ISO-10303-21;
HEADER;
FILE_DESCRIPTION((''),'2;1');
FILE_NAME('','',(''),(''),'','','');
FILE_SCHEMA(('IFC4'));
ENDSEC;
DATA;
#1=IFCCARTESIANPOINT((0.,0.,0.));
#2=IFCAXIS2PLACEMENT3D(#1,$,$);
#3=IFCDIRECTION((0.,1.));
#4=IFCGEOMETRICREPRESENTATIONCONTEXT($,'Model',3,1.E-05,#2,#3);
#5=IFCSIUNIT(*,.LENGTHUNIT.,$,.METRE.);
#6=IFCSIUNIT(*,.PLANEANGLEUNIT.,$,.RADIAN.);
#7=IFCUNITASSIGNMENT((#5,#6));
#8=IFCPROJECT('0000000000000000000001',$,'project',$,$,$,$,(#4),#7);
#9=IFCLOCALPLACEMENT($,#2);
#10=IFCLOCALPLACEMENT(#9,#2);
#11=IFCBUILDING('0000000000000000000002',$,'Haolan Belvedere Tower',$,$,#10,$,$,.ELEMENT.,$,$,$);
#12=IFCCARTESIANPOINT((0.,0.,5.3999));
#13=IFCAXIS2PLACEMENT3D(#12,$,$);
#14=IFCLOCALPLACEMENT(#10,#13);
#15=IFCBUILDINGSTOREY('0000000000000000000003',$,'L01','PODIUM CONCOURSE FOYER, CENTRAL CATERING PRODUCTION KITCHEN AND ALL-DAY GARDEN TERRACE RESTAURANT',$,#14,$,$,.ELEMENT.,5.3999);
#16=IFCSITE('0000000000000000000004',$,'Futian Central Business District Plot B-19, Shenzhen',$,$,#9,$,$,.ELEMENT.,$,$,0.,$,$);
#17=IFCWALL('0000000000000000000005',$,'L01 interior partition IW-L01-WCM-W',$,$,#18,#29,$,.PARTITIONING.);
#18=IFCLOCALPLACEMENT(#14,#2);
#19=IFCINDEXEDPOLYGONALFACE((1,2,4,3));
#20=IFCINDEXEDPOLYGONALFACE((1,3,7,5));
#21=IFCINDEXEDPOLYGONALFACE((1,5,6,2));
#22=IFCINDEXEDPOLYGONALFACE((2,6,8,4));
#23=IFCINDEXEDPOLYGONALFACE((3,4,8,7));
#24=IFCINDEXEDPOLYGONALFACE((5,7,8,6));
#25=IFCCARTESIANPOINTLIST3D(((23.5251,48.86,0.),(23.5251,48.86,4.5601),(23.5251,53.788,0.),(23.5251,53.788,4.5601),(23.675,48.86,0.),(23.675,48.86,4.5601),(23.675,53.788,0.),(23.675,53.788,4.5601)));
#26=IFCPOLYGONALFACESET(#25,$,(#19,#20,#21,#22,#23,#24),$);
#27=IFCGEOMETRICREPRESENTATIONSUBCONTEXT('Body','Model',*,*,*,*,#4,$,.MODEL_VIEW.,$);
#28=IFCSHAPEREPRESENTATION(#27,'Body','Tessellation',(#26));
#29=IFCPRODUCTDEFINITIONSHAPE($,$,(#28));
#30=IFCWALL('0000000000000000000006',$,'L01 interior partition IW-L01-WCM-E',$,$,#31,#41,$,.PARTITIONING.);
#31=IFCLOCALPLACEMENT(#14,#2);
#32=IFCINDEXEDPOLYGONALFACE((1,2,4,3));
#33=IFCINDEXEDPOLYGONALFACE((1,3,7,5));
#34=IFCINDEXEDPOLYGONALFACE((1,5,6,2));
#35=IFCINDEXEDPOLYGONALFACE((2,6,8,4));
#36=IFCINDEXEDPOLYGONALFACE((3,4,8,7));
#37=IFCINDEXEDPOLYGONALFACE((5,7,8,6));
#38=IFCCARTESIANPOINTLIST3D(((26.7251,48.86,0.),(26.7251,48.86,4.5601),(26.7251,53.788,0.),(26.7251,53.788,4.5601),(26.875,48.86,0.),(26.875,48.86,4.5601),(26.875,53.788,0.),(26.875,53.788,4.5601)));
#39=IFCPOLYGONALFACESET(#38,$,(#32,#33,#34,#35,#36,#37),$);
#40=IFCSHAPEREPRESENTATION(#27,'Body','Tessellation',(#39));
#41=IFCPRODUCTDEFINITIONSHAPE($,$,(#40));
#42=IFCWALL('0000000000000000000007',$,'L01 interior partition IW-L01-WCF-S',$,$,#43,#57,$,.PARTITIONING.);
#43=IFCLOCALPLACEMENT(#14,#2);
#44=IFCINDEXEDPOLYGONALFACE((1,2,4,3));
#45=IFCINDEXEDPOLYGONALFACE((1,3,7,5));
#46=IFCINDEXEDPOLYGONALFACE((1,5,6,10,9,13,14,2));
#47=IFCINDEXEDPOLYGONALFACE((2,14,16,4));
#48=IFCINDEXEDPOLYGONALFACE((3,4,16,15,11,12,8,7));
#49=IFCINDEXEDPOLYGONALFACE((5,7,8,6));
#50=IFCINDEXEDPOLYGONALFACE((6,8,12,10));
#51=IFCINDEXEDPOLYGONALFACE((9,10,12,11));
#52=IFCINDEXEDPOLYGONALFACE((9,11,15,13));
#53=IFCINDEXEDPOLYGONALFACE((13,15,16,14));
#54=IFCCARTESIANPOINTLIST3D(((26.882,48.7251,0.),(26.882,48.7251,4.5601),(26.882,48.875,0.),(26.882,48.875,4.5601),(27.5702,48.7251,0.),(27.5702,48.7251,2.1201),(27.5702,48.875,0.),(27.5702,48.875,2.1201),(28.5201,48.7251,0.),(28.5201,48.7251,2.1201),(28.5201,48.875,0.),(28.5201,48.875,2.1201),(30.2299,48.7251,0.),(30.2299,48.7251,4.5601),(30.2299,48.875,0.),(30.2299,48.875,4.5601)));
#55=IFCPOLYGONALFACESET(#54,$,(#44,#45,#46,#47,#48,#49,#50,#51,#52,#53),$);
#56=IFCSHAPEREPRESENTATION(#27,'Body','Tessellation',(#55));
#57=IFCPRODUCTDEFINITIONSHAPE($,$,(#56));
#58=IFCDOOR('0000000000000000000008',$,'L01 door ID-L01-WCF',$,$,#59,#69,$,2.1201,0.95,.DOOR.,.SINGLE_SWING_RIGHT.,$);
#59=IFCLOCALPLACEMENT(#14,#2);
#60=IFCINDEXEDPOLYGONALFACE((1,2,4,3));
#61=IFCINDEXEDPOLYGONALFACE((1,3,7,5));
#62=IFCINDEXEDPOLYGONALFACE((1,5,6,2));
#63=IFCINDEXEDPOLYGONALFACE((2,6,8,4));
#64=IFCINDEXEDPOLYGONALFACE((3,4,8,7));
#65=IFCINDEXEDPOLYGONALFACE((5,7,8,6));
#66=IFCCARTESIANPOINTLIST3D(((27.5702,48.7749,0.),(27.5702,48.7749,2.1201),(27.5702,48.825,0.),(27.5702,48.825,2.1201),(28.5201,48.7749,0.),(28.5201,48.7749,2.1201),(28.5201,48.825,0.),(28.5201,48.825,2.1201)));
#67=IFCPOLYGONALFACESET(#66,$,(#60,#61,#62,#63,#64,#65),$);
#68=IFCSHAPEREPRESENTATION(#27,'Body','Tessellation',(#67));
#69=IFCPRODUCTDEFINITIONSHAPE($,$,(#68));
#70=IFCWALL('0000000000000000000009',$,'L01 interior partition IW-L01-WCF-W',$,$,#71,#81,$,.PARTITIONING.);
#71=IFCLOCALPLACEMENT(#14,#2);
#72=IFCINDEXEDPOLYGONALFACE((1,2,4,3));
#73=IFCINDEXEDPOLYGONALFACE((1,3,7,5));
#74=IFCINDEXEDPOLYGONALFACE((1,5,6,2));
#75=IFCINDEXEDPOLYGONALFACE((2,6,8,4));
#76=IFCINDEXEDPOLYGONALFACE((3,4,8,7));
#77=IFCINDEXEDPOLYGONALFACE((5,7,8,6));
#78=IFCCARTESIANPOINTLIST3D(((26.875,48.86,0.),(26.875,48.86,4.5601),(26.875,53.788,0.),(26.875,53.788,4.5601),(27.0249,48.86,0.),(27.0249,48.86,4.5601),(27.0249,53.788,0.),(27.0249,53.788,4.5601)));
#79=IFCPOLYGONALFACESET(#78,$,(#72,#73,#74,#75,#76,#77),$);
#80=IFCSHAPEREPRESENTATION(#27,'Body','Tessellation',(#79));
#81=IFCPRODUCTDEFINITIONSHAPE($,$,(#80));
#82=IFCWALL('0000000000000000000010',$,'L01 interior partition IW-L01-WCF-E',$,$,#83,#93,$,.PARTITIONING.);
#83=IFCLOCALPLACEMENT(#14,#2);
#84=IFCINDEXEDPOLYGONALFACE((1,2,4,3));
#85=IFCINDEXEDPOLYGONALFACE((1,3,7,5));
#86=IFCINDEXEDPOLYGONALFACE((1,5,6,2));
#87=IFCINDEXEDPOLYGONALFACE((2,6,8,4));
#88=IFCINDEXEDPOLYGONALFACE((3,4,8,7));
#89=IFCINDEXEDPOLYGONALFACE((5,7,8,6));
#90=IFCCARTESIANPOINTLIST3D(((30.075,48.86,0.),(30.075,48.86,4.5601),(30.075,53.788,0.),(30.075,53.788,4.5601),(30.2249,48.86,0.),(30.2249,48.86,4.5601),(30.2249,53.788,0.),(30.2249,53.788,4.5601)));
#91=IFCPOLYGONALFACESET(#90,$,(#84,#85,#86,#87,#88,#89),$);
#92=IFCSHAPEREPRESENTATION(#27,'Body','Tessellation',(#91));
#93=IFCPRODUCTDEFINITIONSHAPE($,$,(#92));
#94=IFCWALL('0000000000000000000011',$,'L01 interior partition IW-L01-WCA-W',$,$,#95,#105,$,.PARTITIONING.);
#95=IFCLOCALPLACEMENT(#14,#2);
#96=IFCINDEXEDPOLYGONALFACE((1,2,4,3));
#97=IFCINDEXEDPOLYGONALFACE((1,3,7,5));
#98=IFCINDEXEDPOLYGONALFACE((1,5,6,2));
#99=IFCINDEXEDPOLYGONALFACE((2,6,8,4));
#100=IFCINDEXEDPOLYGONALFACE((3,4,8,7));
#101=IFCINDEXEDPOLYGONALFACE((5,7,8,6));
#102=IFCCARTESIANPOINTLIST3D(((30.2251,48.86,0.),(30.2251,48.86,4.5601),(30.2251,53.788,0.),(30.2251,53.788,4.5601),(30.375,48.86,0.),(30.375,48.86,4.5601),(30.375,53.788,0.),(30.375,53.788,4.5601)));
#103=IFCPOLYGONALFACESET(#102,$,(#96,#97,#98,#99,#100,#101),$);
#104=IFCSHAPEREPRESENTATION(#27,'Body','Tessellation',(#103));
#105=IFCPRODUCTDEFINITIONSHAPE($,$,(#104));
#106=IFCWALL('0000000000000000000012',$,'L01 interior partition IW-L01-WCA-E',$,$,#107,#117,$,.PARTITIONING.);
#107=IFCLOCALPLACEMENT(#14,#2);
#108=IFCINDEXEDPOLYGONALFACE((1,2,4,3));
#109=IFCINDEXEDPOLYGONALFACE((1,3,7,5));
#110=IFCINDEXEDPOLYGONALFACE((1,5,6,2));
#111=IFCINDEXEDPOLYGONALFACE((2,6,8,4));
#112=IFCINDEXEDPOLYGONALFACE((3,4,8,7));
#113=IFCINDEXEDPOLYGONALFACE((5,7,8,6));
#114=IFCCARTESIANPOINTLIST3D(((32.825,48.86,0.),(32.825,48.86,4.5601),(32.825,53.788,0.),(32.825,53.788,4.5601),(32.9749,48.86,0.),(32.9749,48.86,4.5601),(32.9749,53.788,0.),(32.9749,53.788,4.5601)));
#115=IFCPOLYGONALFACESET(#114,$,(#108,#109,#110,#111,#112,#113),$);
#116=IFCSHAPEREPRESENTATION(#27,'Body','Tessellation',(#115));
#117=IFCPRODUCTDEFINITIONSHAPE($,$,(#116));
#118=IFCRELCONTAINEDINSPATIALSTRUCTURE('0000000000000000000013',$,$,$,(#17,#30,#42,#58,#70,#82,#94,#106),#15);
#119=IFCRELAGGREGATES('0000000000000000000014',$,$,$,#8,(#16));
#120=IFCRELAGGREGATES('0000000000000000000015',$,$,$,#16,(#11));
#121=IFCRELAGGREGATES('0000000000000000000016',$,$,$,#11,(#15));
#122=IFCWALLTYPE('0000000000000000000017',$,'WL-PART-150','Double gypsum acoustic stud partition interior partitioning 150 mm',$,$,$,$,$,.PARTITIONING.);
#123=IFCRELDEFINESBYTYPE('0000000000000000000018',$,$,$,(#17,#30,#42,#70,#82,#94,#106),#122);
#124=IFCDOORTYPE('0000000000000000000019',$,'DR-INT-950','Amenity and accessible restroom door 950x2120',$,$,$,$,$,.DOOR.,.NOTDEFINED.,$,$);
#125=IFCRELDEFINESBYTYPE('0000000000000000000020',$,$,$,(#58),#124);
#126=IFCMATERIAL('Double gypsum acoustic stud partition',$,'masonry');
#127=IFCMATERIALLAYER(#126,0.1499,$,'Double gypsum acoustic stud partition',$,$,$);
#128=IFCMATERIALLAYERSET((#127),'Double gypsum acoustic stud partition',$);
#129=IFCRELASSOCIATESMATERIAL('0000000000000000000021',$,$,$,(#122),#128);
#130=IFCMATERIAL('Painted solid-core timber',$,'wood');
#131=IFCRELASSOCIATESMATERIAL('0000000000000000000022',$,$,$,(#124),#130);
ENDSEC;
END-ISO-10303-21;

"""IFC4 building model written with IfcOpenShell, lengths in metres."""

from ifc_helpers import new_model, si_unit, direction, frame, frame_2d, origin, place, context, subcontext, project, spatial, rectangle, extrude, material, layer, layer_set, type_object, element, fill, save


model = new_model("IFC4")

# Units and contexts
model_context = context("Model", 3, precision=1e-05, world=origin(), true_north=direction((0.0, 1.0)))
body_context = subcontext(model_context, "Body", "Model", "MODEL_VIEW")
ifc_project = project(units=[si_unit("LENGTHUNIT", "METRE"), si_unit("PLANEANGLEUNIT", "RADIAN")], contexts=[model_context])

# Site, building, storey
site_placement = place(None, origin())
site = spatial("IfcSite", under=ifc_project, at=site_placement, Name="Futian Central Business District Plot B-19, Shenzhen", CompositionType="ELEMENT", RefElevation=0.0)
building_placement = place(site_placement, origin())
building = spatial("IfcBuilding", under=site, at=building_placement, Name="Haolan Belvedere Tower", CompositionType="ELEMENT")
storey_placement = place(building_placement, frame((0.0, 0.0, 5.3999)))
storey = spatial("IfcBuildingStorey", under=building, at=storey_placement, Name="L01", Description="PODIUM CONCOURSE FOYER, CENTRAL CATERING PRODUCTION KITCHEN AND ALL-DAY GARDEN TERRACE RESTAURANT", CompositionType="ELEMENT", Elevation=5.3999)

# Shared definitions
ifc_material_1 = material(Name="Double gypsum acoustic stud partition", Category="masonry")
ifc_layer_1 = layer(ifc_material_1, 0.1499, Name="Double gypsum acoustic stud partition")
ifc_layer_set_1 = layer_set([ifc_layer_1], Name="Double gypsum acoustic stud partition")
wall_type_1 = type_object("IfcWallType", Name="WL-PART-150", Description="Double gypsum acoustic stud partition interior partitioning 150 mm", PredefinedType="PARTITIONING", material=ifc_layer_set_1)
ifc_material_2 = material(Name="Painted solid-core timber", Category="wood")
door_type_1 = type_object("IfcDoorType", Name="DR-INT-950", Description="Amenity and accessible restroom door 950x2120", OperationType="NOTDEFINED", PredefinedType="DOOR", material=ifc_material_2)

# Walls
for number, where, z_axis, x_axis, name in (
    (1, (23.6001, 48.8601, 0.0), (0.0, 0.0, 1.0), (0.0, 1.0, 0.0), "L01 interior partition IW-L01-WCM-W"),
    (2, (26.8, 48.8601, 0.0), (0.0, 0.0, 1.0), (0.0, 1.0, 0.0), "L01 interior partition IW-L01-WCM-E"),
):
    element("IfcWall", number, at=place(storey_placement, frame(where, z_axis=z_axis, x_axis=x_axis)), inside=storey, type_object=wall_type_1, Name=name, PredefinedType="PARTITIONING", context=body_context, shape_type="SweptSolid", body=[
        extrude(rectangle(XDim=4.928, YDim=0.1499, at=frame_2d((2.4639, 0.0))), origin(), (0.0, 0.0, 1.0), 4.5601),
    ])

# Wall, opening, door
wall_1_placement = place(storey_placement, frame((26.8821, 48.8, 0.0), z_axis=(0.0, 0.0, 1.0), x_axis=(1.0, 0.0, 0.0)))
wall_1 = element("IfcWall", 3, at=wall_1_placement, inside=storey, type_object=wall_type_1, Name="L01 interior partition IW-L01-WCF-S", PredefinedType="PARTITIONING", context=body_context, shape_type="SweptSolid", body=[
    extrude(rectangle(XDim=3.3479, YDim=0.1499, at=frame_2d((1.6738, 0.0))), origin(), (0.0, 0.0, 1.0), 4.5601),
])
opening_1_placement = place(wall_1_placement, frame((0.688, 0.0, 0.0)))
opening_1 = element("IfcOpeningElement", 4, at=opening_1_placement, cuts=wall_1, PredefinedType="OPENING", context=body_context, shape_type="SweptSolid", body=[
    extrude(rectangle(XDim=0.95, YDim=2.1201, at=frame_2d((0.4751, 1.0601))), frame((0.0, 0.085, 0.0), z_axis=(0.0, -1.0, 0.0), x_axis=(1.0, 0.0, 0.0)), (0.0, 0.0, 1.0), 0.1699),
])
door_1_placement = place(opening_1_placement, origin())
door_1 = element("IfcDoor", 5, at=door_1_placement, inside=storey, type_object=door_type_1, Name="L01 door ID-L01-WCF", OperationType="SINGLE_SWING_RIGHT", OverallHeight=2.1201, OverallWidth=0.95, PredefinedType="DOOR", context=body_context, shape_type="SweptSolid", body=[
    extrude(rectangle(XDim=0.95, YDim=2.1201, at=frame_2d((0.4751, 1.0601))), frame((0.0, 0.0249, 0.0), z_axis=(0.0, -1.0, 0.0), x_axis=(1.0, 0.0, 0.0)), (0.0, 0.0, 1.0), 0.05),
])
fill(opening_1, door_1)

# Walls
for number, where, z_axis, x_axis, name in (
    (6, (26.95, 48.8601, 0.0), (0.0, 0.0, 1.0), (0.0, 1.0, 0.0), "L01 interior partition IW-L01-WCF-W"),
    (7, (30.1499, 48.8601, 0.0), (0.0, 0.0, 1.0), (0.0, 1.0, 0.0), "L01 interior partition IW-L01-WCF-E"),
):
    element("IfcWall", number, at=place(storey_placement, frame(where, z_axis=z_axis, x_axis=x_axis)), inside=storey, type_object=wall_type_1, Name=name, PredefinedType="PARTITIONING", context=body_context, shape_type="SweptSolid", body=[
        extrude(rectangle(XDim=4.928, YDim=0.1499, at=frame_2d((2.4639, 0.0))), origin(), (0.0, 0.0, 1.0), 4.5601),
    ])

# Walls
for number, where, z_axis, x_axis, name in (
    (8, (30.3, 48.8601, 0.0), (0.0, 0.0, 1.0), (0.0, 1.0, 0.0), "L01 interior partition IW-L01-WCA-W"),
    (9, (32.8999, 48.8601, 0.0), (0.0, 0.0, 1.0), (0.0, 1.0, 0.0), "L01 interior partition IW-L01-WCA-E"),
):
    element("IfcWall", number, at=place(storey_placement, frame(where, z_axis=z_axis, x_axis=x_axis)), inside=storey, type_object=wall_type_1, Name=name, PredefinedType="PARTITIONING", context=body_context, shape_type="SweptSolid", body=[
        extrude(rectangle(XDim=4.928, YDim=0.1499, at=frame_2d((2.4639, 0.0))), origin(), (0.0, 0.0, 1.0), 4.5601),
    ])

save(model, "model.ifc")
